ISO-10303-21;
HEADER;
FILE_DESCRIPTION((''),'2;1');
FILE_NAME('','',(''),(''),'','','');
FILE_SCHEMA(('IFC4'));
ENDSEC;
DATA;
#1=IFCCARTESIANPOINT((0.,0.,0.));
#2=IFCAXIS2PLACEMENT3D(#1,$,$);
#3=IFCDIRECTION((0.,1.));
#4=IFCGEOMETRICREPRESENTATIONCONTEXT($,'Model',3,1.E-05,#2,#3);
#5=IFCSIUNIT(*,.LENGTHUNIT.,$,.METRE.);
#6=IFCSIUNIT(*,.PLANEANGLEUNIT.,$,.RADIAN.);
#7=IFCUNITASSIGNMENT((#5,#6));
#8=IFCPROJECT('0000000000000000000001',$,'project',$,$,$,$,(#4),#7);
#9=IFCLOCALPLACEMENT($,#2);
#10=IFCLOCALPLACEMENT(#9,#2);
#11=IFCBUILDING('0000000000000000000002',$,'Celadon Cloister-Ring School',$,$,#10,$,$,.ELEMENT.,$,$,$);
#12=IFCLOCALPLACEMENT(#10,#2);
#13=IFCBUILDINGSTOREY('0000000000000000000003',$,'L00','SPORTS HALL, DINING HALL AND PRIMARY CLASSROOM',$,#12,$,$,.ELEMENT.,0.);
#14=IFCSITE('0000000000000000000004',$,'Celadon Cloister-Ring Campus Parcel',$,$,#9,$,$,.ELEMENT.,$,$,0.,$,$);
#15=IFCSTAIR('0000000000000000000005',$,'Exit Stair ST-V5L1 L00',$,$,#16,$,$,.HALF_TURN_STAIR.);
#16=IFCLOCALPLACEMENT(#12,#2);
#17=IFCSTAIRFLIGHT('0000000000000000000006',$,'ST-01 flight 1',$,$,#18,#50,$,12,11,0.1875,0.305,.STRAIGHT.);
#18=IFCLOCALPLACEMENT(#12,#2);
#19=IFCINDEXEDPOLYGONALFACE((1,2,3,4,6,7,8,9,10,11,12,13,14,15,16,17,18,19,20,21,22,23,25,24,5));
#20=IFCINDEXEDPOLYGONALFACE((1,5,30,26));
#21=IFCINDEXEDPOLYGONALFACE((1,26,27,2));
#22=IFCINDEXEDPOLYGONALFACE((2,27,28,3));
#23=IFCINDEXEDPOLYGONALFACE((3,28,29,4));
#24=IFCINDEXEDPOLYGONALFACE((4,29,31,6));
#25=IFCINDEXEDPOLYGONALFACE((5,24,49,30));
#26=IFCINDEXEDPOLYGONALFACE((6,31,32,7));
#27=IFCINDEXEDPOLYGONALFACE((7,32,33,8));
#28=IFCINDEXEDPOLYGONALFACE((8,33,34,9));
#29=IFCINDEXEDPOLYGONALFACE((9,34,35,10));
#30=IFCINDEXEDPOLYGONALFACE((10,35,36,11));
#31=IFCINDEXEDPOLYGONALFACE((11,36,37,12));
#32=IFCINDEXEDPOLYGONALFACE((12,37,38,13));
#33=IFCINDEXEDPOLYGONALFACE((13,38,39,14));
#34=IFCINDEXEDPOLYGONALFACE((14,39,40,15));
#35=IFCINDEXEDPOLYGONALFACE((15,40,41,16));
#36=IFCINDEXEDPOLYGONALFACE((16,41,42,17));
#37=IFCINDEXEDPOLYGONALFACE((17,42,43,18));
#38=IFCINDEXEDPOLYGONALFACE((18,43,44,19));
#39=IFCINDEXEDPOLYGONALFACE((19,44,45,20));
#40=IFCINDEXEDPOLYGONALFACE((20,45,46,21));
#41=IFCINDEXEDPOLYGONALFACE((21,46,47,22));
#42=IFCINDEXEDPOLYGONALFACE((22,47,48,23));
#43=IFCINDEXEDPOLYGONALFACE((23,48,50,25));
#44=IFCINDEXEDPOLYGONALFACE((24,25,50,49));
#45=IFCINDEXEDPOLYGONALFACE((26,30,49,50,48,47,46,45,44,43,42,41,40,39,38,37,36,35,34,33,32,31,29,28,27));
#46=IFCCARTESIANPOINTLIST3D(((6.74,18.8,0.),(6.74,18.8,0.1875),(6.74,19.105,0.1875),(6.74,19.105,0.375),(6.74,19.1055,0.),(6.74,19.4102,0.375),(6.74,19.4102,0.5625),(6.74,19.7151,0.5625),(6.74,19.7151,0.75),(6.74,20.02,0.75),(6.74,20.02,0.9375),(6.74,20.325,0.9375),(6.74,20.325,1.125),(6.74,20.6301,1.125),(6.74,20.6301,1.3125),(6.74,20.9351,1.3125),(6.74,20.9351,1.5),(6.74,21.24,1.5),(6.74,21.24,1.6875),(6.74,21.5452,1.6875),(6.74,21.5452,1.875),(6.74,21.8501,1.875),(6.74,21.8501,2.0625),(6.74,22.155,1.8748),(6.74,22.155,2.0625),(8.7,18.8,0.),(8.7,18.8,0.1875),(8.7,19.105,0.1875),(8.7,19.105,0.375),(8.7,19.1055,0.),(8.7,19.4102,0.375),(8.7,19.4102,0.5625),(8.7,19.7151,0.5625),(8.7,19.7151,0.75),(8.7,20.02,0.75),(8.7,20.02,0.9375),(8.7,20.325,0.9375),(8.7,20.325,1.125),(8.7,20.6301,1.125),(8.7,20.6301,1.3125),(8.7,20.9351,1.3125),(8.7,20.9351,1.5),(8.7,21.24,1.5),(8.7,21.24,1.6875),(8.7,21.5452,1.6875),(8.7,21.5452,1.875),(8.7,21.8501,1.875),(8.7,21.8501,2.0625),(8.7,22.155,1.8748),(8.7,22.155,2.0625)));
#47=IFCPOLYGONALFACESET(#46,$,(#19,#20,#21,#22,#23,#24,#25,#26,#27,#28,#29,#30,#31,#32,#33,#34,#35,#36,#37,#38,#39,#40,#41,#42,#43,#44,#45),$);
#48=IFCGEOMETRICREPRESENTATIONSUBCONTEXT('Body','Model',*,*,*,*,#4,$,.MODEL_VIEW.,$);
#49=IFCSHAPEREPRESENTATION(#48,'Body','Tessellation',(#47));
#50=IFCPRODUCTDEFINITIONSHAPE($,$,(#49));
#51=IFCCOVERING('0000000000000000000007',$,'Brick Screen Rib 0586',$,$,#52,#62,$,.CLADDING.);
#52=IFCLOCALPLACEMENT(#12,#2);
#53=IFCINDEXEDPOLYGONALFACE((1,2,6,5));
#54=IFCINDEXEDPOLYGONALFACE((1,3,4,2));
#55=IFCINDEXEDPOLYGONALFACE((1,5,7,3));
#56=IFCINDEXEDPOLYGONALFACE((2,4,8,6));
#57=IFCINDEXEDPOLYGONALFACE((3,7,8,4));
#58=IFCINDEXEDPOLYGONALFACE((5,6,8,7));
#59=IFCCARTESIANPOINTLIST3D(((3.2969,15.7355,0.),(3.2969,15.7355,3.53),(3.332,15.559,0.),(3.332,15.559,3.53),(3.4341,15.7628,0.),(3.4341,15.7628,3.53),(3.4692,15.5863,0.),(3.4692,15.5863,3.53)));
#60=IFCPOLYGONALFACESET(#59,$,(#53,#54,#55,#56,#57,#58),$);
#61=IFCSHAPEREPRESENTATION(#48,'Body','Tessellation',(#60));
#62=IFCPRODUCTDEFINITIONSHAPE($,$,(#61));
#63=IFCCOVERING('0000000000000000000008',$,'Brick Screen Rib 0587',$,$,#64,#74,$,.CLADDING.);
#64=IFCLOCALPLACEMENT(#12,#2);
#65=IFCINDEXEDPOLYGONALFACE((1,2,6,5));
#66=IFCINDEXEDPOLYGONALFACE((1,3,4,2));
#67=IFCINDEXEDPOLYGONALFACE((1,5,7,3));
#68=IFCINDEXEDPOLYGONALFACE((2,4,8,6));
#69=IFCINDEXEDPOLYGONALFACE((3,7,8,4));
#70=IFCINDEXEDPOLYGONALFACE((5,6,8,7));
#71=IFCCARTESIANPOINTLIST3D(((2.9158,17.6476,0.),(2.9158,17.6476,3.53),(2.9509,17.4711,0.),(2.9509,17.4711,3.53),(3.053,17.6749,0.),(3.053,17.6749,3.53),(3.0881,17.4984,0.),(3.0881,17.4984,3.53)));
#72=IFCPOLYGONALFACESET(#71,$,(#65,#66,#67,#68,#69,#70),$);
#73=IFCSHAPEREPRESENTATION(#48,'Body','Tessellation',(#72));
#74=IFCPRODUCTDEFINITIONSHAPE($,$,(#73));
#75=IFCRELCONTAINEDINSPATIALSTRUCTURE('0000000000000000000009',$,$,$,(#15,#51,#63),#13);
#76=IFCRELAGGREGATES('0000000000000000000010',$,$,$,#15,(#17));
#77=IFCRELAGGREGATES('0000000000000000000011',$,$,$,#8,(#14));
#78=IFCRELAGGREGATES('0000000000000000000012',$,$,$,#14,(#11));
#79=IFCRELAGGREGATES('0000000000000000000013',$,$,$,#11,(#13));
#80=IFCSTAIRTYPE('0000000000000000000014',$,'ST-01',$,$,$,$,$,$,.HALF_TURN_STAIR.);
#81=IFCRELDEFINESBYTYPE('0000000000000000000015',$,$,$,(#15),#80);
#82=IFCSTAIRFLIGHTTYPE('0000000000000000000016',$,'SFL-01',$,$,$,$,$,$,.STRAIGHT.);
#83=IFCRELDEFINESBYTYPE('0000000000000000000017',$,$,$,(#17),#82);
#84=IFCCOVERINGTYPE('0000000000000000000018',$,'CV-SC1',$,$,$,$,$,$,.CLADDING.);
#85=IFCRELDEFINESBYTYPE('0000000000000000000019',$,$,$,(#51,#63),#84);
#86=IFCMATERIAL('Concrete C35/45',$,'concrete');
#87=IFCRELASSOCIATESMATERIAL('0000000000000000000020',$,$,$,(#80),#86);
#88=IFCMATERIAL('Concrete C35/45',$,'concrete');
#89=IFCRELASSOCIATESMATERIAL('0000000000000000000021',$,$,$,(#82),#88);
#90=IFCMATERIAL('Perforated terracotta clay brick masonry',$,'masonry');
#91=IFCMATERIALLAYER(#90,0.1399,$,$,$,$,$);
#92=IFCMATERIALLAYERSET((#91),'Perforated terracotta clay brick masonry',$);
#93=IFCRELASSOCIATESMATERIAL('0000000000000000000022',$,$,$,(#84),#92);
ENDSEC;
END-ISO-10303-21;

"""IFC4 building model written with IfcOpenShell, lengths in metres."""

from ifc_helpers import new_model, si_unit, direction, frame, origin, origin_2d, place, context, subcontext, project, spatial, polyline, rectangle, outline, extrude, material, layer, layer_set, type_object, element, aggregate, save


model = new_model("IFC4")

# Units and contexts
model_context = context("Model", 3, precision=1e-05, world=origin(), true_north=direction((0.0, 1.0)))
body_context = subcontext(model_context, "Body", "Model", "MODEL_VIEW")
ifc_project = project(units=[si_unit("LENGTHUNIT", "METRE"), si_unit("PLANEANGLEUNIT", "RADIAN")], contexts=[model_context])

# Site, building, storey
site_placement = place(None, origin())
site = spatial("IfcSite", under=ifc_project, at=site_placement, Name="Celadon Cloister-Ring Campus Parcel", CompositionType="ELEMENT", RefElevation=0.0)
building_placement = place(site_placement, origin())
building = spatial("IfcBuilding", under=site, at=building_placement, Name="Celadon Cloister-Ring School", CompositionType="ELEMENT")
storey_placement = place(building_placement, origin())
storey = spatial("IfcBuildingStorey", under=building, at=storey_placement, Name="L00", Description="SPORTS HALL, DINING HALL AND PRIMARY CLASSROOM", CompositionType="ELEMENT", Elevation=0.0)

# Stair, stair flight
ifc_material_1 = material(Name="Concrete C35/45", Category="concrete")
stair_type = type_object("IfcStairType", Name="ST-01", PredefinedType="HALF_TURN_STAIR", material=ifc_material_1)
stair_placement = place(storey_placement, origin())
stair = element("IfcStair", 1, at=stair_placement, inside=storey, type_object=stair_type, Name="Exit Stair ST-V5L1 L00", PredefinedType="HALF_TURN_STAIR")
ifc_material_2 = material(Name="Concrete C35/45", Category="concrete")
stair_flight_type = type_object("IfcStairFlightType", Name="SFL-01", PredefinedType="STRAIGHT", material=ifc_material_2)
stair_flight_placement = place(storey_placement, frame((7.72, 18.8, 0.0), z_axis=(0.0, 0.0, 1.0), x_axis=(0.0, 1.0, 0.0)))
stair_flight = element("IfcStairFlight", 2, at=stair_flight_placement, type_object=stair_flight_type, Name="ST-01 flight 1", NumberOfRisers=12, NumberOfTreads=11, PredefinedType="STRAIGHT", RiserHeight=0.1875, TreadLength=0.305, context=body_context, shape_type="SweptSolid", body=[
    extrude(outline(polyline([(0.0, 0.0), (0.0, 0.1875), (0.3049, 0.1875), (0.3049, 0.375), (0.6101, 0.375), (0.6101, 0.5625), (0.915, 0.5625), (0.915, 0.75), (1.22, 0.75), (1.22, 0.9375), (1.5249, 0.9375), (1.5249, 1.125), (1.8301, 1.125), (1.8301, 1.3125), (2.135, 1.3125), (2.135, 1.5), (2.4399, 1.5), (2.4399, 1.6875), (2.7451, 1.6875), (2.7451, 1.875), (3.05, 1.875), (3.05, 2.0625), (3.355, 2.0625), (3.355, 2.25), (3.355, 1.8748), (0.3054, 0.0), (0.0, 0.0)])), frame((0.0, 0.98, 0.0), z_axis=(0.0, -1.0, 0.0), x_axis=(1.0, 0.0, 0.0)), (0.0, 0.0, 1.0), 1.96),
])
aggregate(stair, [stair_flight])

# Coverings
ifc_material_3 = material(Name="Perforated terracotta clay brick masonry", Category="masonry")
ifc_layer_1 = layer(ifc_material_3, 0.1399)
ifc_layer_set_1 = layer_set([ifc_layer_1], Name="Perforated terracotta clay brick masonry")
covering_type = type_object("IfcCoveringType", Name="CV-SC1", PredefinedType="CLADDING", material=ifc_layer_set_1)
for number, where, z_axis, x_axis, name in (
    (3, (3.3831, 15.6609, 0.0), (0.0, 0.0, 1.0), (-0.195142, 0.980775, 0.0), "Brick Screen Rib 0586"),
    (4, (3.002, 17.573, 0.0), (0.0, 0.0, 1.0), (-0.195142, 0.980775, 0.0), "Brick Screen Rib 0587"),
):
    element("IfcCovering", number, at=place(storey_placement, frame(where, z_axis=z_axis, x_axis=x_axis)), inside=storey, type_object=covering_type, Name=name, PredefinedType="CLADDING", context=body_context, shape_type="SweptSolid", body=[
        extrude(rectangle(XDim=0.1799, YDim=0.1399, at=origin_2d()), origin(), (0.0, 0.0, 1.0), 3.53),
    ])

save(model, "model.ifc")
